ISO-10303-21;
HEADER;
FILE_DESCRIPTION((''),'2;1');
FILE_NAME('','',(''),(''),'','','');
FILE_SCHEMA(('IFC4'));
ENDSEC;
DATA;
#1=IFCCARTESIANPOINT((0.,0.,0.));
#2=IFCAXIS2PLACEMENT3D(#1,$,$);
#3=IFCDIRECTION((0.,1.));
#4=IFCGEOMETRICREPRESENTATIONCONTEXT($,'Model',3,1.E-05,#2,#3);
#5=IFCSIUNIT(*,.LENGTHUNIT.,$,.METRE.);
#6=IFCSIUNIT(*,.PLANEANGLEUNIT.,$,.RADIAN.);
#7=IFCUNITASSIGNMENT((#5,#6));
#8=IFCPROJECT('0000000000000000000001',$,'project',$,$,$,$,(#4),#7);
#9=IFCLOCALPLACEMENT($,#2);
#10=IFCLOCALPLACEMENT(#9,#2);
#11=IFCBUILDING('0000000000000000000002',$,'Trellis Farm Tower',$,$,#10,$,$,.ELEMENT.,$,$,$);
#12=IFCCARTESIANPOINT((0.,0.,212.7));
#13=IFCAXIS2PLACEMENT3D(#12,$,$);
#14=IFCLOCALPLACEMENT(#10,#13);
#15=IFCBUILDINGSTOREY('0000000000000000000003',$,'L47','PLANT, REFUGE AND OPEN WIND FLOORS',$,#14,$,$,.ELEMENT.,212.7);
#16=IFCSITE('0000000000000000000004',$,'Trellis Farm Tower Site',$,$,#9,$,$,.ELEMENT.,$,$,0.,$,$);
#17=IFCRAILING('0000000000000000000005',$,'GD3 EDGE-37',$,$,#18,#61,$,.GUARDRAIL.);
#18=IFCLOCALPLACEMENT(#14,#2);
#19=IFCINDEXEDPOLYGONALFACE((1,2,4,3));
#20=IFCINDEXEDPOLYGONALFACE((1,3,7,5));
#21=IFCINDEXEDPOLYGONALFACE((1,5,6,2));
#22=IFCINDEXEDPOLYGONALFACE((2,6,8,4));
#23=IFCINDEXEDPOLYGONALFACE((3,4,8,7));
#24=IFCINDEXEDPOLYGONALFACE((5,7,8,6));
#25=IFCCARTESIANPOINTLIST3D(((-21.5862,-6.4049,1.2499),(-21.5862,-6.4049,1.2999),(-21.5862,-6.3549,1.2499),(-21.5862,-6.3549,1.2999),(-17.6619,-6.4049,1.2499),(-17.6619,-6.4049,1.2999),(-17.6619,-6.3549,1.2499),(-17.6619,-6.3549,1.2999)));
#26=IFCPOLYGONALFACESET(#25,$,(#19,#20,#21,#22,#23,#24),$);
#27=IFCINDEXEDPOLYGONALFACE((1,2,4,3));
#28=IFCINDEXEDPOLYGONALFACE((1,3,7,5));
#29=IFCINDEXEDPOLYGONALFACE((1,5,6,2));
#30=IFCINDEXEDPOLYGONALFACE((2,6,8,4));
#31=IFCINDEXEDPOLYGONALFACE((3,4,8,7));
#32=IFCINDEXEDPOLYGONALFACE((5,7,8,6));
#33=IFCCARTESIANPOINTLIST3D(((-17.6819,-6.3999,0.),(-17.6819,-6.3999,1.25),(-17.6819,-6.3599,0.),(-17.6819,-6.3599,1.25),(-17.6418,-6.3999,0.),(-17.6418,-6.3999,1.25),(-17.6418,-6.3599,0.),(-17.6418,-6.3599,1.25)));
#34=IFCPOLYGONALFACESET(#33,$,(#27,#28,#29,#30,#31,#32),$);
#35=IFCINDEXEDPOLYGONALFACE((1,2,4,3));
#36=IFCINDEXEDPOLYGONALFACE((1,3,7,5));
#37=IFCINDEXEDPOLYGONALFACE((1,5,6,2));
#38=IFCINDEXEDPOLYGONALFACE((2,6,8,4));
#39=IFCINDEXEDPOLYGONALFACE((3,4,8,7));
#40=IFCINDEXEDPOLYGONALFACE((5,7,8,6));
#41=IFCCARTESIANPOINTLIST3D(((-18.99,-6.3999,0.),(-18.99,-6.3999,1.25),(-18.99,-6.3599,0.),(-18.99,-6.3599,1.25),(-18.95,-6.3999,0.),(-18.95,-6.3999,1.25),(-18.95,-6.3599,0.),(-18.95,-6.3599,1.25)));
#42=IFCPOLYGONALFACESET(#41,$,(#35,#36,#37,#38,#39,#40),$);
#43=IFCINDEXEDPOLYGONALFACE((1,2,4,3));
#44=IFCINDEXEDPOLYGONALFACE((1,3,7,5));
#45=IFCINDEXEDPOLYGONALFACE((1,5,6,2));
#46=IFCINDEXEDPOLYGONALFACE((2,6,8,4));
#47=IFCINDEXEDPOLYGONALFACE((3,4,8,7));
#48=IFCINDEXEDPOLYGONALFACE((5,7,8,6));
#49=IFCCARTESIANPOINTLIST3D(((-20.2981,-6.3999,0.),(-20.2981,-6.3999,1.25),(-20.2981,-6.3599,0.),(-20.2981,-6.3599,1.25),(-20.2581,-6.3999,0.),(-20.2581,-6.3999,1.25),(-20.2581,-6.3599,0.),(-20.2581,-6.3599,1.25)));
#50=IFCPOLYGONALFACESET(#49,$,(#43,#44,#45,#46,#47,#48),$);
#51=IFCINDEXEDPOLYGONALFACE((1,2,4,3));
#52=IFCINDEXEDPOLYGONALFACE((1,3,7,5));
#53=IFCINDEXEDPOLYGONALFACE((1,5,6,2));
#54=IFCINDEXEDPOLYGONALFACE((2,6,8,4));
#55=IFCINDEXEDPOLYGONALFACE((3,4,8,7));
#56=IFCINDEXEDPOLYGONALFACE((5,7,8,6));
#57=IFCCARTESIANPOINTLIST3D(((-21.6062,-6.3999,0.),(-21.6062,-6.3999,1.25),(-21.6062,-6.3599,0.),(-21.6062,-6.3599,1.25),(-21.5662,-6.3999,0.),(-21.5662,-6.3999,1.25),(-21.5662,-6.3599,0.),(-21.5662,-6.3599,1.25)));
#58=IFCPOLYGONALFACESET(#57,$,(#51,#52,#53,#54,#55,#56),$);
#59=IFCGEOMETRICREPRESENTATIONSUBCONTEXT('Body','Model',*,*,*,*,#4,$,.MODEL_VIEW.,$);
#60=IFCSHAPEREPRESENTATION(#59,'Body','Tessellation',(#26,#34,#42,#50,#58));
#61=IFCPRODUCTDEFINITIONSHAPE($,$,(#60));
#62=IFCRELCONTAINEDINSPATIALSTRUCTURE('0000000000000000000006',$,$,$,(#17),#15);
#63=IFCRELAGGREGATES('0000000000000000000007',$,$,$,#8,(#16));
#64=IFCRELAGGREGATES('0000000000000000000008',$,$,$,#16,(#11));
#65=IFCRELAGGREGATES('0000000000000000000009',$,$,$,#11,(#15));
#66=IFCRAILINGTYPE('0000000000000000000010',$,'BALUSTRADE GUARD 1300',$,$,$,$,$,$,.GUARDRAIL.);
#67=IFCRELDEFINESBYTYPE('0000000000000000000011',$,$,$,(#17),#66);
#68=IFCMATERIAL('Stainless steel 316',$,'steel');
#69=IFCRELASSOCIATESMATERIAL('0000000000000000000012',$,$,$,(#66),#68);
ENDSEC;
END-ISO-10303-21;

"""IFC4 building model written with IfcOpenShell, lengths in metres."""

from ifc_helpers import new_model, si_unit, direction, frame, origin, origin_2d, place, context, subcontext, project, spatial, rectangle, extrude, source, transform, mapped, material, type_object, element, save


model = new_model("IFC4")

# Units and contexts
model_context = context("Model", 3, precision=1e-05, world=origin(), true_north=direction((0.0, 1.0)))
body_context = subcontext(model_context, "Body", "Model", "MODEL_VIEW")
ifc_project = project(units=[si_unit("LENGTHUNIT", "METRE"), si_unit("PLANEANGLEUNIT", "RADIAN")], contexts=[model_context])

# Site, building, storey
site_placement = place(None, origin())
site = spatial("IfcSite", under=ifc_project, at=site_placement, Name="Trellis Farm Tower Site", CompositionType="ELEMENT", RefElevation=0.0)
building_placement = place(site_placement, origin())
building = spatial("IfcBuilding", under=site, at=building_placement, Name="Trellis Farm Tower", CompositionType="ELEMENT")
storey_placement = place(building_placement, frame((0.0, 0.0, 212.7)))
storey = spatial("IfcBuildingStorey", under=building, at=storey_placement, Name="L47", Description="PLANT, REFUGE AND OPEN WIND FLOORS", CompositionType="ELEMENT", Elevation=212.7)

# Railing
ifc_material_1 = material(Name="Stainless steel 316", Category="steel")
railing_type = type_object("IfcRailingType", Name="BALUSTRADE GUARD 1300", PredefinedType="GUARDRAIL", material=ifc_material_1)
shared_shape_1 = source(origin(), body_context, "Body", "SweptSolid", [
    extrude(rectangle(XDim=0.05, YDim=0.05, at=origin_2d()), frame((0.0, 0.0, 1.2749), z_axis=(-1.0, 0.0, 0.0), x_axis=(0.0, -1.0, 0.0)), (0.0, 0.0, 1.0), 3.9243),
    extrude(rectangle(XDim=0.04, YDim=0.04, at=origin_2d()), origin(), (0.0, 0.0, 1.0), 1.25),
    extrude(rectangle(XDim=0.04, YDim=0.04, at=origin_2d()), frame((-1.3081, 0.0, 0.0)), (0.0, 0.0, 1.0), 1.25),
    extrude(rectangle(XDim=0.04, YDim=0.04, at=origin_2d()), frame((-2.6162, 0.0, 0.0)), (0.0, 0.0, 1.0), 1.25),
    extrude(rectangle(XDim=0.04, YDim=0.04, at=origin_2d()), frame((-3.9243, 0.0, 0.0)), (0.0, 0.0, 1.0), 1.25),
])
for number, where, name in (
    (1, (-17.6619, -6.3799, 0.0), "GD3 EDGE-37"),
):
    element("IfcRailing", number, at=place(storey_placement, frame(where)), inside=storey, type_object=railing_type, Name=name, PredefinedType="GUARDRAIL", context=body_context, shape_type="MappedRepresentation", body=[
        mapped(shared_shape_1, transform((0.0, 0.0, 0.0))),
    ])

save(model, "model.ifc")
